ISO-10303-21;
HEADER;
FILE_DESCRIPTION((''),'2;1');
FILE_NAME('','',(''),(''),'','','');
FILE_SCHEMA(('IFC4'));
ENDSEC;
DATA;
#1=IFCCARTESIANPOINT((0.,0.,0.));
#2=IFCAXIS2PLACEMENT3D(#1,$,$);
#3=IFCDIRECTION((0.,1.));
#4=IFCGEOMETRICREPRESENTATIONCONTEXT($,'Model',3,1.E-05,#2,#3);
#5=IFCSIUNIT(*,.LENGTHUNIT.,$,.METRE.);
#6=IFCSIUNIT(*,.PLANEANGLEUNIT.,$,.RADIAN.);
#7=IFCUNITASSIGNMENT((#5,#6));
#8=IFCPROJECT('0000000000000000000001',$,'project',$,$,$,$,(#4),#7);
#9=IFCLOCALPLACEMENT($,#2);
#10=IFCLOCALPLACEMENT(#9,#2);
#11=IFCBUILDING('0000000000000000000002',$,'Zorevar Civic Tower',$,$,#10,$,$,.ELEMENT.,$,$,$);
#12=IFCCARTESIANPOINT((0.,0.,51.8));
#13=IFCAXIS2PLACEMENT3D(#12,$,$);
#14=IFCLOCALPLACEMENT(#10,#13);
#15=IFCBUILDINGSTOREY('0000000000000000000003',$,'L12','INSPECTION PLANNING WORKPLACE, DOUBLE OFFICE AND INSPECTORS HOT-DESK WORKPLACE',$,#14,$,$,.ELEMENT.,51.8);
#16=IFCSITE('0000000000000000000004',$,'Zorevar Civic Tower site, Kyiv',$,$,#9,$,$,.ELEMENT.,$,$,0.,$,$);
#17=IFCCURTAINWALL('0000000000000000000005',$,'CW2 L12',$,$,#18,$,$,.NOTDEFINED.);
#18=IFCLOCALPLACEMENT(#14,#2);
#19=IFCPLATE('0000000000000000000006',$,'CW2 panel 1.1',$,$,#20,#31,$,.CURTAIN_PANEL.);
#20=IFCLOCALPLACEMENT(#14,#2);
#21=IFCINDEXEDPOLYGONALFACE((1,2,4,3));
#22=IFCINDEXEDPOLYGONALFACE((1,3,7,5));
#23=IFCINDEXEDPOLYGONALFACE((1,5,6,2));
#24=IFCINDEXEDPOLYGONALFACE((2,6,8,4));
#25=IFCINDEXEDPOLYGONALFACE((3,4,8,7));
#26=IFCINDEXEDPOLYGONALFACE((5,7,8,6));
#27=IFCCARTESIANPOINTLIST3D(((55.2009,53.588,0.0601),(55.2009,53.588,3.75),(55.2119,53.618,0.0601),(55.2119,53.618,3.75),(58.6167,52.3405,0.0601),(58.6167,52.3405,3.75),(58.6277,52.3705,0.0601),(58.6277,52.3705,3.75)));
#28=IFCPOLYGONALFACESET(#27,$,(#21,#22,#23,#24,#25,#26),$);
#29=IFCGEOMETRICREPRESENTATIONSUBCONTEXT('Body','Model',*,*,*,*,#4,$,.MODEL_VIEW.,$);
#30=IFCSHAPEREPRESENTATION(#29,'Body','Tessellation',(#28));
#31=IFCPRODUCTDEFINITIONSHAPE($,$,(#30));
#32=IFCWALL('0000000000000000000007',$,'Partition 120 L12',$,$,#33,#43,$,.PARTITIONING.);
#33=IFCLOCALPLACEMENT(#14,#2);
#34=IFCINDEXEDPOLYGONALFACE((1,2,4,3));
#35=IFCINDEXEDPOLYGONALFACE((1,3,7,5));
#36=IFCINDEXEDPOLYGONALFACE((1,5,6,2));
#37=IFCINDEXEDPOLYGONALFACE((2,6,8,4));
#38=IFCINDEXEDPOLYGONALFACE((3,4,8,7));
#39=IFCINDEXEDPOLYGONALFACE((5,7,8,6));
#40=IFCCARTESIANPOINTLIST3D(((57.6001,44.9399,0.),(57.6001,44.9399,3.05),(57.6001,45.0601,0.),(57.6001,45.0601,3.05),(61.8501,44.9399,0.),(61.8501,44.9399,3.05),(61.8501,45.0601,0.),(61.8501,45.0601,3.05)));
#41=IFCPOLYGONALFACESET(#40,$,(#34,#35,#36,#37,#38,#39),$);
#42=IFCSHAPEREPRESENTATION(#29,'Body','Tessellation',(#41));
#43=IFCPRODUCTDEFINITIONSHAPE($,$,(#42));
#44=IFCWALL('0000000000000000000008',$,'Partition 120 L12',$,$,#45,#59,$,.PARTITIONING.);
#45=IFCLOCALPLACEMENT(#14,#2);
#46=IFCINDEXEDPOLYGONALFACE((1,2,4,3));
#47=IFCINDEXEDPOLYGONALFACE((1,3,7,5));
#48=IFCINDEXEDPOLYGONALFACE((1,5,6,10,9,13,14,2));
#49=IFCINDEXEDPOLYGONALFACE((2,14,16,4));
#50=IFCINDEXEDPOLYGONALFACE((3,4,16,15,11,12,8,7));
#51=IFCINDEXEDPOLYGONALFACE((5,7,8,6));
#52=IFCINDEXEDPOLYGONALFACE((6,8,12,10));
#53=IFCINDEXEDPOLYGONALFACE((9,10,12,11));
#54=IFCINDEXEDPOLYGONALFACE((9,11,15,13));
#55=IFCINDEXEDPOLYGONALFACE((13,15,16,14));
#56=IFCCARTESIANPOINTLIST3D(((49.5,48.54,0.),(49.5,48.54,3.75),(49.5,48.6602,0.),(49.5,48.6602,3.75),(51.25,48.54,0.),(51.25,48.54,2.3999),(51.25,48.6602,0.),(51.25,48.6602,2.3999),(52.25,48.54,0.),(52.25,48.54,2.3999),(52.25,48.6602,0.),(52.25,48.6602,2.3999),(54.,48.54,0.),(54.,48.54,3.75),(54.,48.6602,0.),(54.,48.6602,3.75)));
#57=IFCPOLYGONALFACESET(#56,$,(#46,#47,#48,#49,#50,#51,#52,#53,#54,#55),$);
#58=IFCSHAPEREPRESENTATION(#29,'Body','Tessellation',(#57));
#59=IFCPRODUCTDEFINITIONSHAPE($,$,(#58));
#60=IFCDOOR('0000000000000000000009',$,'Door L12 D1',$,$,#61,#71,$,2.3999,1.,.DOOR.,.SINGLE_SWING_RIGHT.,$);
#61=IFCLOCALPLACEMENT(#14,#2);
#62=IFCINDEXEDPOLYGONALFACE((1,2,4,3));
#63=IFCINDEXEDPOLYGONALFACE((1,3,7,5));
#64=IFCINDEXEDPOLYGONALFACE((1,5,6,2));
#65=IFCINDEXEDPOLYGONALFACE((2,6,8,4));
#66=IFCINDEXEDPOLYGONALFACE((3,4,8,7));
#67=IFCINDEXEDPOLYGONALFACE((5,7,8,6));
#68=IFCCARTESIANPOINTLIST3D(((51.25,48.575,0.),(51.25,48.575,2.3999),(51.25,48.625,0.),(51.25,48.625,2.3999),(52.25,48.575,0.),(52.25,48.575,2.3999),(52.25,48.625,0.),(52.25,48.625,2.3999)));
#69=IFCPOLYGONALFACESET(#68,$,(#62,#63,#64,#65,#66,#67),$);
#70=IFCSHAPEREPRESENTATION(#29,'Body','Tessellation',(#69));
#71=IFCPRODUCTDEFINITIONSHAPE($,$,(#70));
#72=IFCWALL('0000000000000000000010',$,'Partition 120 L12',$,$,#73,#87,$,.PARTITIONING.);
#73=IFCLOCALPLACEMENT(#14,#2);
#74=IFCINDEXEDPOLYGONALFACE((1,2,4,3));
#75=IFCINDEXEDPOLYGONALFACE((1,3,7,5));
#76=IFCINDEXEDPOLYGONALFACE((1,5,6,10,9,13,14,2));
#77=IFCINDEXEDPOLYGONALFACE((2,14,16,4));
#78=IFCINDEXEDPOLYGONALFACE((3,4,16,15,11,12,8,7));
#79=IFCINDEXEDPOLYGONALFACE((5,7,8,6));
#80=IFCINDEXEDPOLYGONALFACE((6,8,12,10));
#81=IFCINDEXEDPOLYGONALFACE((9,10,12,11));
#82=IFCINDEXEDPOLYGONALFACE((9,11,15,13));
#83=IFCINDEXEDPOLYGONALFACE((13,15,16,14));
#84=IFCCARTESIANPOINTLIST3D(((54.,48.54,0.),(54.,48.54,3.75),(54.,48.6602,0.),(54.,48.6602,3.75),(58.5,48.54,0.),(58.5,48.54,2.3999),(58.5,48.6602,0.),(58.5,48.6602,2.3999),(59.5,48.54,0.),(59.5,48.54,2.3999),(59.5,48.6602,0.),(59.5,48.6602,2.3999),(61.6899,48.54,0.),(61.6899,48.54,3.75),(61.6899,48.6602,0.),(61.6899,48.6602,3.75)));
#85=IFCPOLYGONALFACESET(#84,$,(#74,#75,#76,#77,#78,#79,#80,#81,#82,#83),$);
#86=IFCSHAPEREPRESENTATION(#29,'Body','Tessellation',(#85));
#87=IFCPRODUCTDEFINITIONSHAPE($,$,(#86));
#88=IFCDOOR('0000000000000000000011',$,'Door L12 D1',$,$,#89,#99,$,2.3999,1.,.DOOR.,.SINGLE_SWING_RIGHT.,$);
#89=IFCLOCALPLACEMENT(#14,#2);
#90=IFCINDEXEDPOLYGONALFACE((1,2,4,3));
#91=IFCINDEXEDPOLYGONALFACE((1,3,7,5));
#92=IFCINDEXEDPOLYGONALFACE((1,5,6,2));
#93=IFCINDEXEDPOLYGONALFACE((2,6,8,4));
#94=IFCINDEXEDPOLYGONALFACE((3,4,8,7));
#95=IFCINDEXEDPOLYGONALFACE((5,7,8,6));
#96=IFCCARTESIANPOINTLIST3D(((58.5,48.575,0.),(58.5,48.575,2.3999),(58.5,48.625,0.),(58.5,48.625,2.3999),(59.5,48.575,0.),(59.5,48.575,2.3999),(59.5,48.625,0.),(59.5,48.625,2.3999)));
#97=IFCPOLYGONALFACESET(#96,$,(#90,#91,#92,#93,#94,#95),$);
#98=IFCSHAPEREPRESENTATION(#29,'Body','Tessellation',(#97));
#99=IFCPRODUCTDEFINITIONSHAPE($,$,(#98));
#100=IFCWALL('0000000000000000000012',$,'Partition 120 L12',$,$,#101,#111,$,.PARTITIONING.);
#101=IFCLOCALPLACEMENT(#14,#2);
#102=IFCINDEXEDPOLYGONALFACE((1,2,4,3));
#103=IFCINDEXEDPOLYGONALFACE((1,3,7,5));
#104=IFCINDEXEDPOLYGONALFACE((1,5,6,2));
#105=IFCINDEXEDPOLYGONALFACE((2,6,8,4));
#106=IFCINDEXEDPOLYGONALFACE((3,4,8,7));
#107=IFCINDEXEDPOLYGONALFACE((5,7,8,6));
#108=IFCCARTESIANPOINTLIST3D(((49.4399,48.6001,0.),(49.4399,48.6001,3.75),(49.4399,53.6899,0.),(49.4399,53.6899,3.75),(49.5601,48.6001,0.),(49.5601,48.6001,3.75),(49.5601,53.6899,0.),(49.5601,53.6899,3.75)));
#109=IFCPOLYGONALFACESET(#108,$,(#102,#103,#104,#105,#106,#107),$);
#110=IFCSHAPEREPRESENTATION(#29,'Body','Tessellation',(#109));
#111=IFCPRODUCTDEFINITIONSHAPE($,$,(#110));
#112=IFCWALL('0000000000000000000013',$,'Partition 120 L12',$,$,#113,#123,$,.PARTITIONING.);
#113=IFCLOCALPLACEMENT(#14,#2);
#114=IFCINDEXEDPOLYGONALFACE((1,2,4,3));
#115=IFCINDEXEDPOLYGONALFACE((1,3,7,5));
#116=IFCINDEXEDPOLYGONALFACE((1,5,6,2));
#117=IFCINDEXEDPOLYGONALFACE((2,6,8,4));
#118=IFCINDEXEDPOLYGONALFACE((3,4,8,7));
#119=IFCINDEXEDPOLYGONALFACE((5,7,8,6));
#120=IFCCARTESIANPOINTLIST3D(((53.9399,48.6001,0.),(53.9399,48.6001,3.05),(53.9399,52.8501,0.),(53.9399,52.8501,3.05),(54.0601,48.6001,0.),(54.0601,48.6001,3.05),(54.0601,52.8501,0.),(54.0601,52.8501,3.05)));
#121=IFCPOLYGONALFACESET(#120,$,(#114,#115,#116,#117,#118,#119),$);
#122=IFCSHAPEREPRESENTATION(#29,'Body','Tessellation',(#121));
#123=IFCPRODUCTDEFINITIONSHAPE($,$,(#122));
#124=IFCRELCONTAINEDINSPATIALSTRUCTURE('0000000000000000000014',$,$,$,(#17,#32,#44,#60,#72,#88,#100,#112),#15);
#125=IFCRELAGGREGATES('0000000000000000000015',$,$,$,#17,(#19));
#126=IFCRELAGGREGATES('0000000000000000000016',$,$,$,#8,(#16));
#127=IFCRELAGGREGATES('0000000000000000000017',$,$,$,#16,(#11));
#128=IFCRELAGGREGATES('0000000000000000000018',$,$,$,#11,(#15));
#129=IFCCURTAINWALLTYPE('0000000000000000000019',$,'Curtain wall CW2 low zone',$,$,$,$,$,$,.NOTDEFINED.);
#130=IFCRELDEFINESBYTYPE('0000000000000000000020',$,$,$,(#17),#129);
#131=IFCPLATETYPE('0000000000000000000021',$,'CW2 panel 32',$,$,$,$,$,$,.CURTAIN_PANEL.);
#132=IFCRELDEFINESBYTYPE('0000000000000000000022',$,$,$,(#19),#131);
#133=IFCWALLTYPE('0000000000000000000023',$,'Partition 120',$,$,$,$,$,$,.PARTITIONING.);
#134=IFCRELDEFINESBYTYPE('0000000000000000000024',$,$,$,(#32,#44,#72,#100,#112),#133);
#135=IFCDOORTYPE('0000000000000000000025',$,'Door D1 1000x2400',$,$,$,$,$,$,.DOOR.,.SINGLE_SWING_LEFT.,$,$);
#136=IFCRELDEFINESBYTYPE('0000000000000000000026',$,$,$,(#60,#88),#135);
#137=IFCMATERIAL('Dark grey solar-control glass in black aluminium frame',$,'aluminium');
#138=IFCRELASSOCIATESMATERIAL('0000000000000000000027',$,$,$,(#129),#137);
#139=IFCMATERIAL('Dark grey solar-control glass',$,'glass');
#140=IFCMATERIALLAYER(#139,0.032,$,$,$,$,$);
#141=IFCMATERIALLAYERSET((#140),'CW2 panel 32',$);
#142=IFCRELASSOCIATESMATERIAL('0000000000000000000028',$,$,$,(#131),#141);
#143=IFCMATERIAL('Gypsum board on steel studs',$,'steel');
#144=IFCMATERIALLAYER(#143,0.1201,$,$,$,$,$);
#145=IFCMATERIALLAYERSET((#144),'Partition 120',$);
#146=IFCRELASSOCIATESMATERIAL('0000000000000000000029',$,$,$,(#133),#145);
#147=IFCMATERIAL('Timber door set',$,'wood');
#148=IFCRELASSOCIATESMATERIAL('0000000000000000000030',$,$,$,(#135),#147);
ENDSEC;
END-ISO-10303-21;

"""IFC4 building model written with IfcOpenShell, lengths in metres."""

from ifc_helpers import new_model, si_unit, direction, frame, frame_2d, origin, origin_2d, place, context, subcontext, project, spatial, rectangle, extrude, material, layer, layer_set, type_object, element, fill, aggregate, save


model = new_model("IFC4")

# Units and contexts
model_context = context("Model", 3, precision=1e-05, world=origin(), true_north=direction((0.0, 1.0)))
body_context = subcontext(model_context, "Body", "Model", "MODEL_VIEW")
ifc_project = project(units=[si_unit("LENGTHUNIT", "METRE"), si_unit("PLANEANGLEUNIT", "RADIAN")], contexts=[model_context])

# Site, building, storey
site_placement = place(None, origin())
site = spatial("IfcSite", under=ifc_project, at=site_placement, Name="Zorevar Civic Tower site, Kyiv", CompositionType="ELEMENT", RefElevation=0.0)
building_placement = place(site_placement, origin())
building = spatial("IfcBuilding", under=site, at=building_placement, Name="Zorevar Civic Tower", CompositionType="ELEMENT")
storey_placement = place(building_placement, frame((0.0, 0.0, 51.8)))
storey = spatial("IfcBuildingStorey", under=building, at=storey_placement, Name="L12", Description="INSPECTION PLANNING WORKPLACE, DOUBLE OFFICE AND INSPECTORS HOT-DESK WORKPLACE", CompositionType="ELEMENT", Elevation=51.8)

# Curtain wall
ifc_material_1 = material(Name="Dark grey solar-control glass in black aluminium frame", Category="aluminium")
curtain_wall_type = type_object("IfcCurtainWallType", Name="Curtain wall CW2 low zone", PredefinedType="NOTDEFINED", material=ifc_material_1)
curtain_wall_1_placement = place(storey_placement, origin())
curtain_wall_1 = element("IfcCurtainWall", 1, at=curtain_wall_1_placement, inside=storey, type_object=curtain_wall_type, Name="CW2 L12", PredefinedType="NOTDEFINED")

# Plate
ifc_material_2 = material(Name="Dark grey solar-control glass", Category="glass")
ifc_layer_1 = layer(ifc_material_2, 0.032)
ifc_layer_set_1 = layer_set([ifc_layer_1], Name="CW2 panel 32")
plate_type = type_object("IfcPlateType", Name="CW2 panel 32", PredefinedType="CURTAIN_PANEL", material=ifc_layer_set_1)
plate_1_placement = place(storey_placement, frame((56.9143, 52.9792, 0.0601), z_axis=(0.0, 0.0, 1.0), x_axis=(-0.939313, 0.34306, 0.0)))
plate_1 = element("IfcPlate", 2, at=plate_1_placement, type_object=plate_type, Name="CW2 panel 1.1", PredefinedType="CURTAIN_PANEL", context=body_context, shape_type="SweptSolid", body=[
    extrude(rectangle(XDim=3.6365, YDim=0.032, at=origin_2d()), origin(), (0.0, 0.0, 1.0), 3.6899),
])
aggregate(curtain_wall_1, [plate_1])

# Wall
ifc_material_3 = material(Name="Gypsum board on steel studs", Category="steel")
ifc_layer_2 = layer(ifc_material_3, 0.1201)
ifc_layer_set_2 = layer_set([ifc_layer_2], Name="Partition 120")
wall_type = type_object("IfcWallType", Name="Partition 120", PredefinedType="PARTITIONING", material=ifc_layer_set_2)
wall_1_placement = place(storey_placement, frame((57.6001, 45.0, 0.0), z_axis=(0.0, 0.0, 1.0), x_axis=(1.0, 0.0, 0.0)))
element("IfcWall", 3, at=wall_1_placement, inside=storey, type_object=wall_type, Name="Partition 120 L12", PredefinedType="PARTITIONING", context=body_context, shape_type="SweptSolid", body=[
    extrude(rectangle(XDim=4.25, YDim=0.1201, at=frame_2d((2.125, 0.0))), origin(), (0.0, 0.0, 1.0), 3.05),
])

# Walls, openings, doors
wall_2_placement = place(storey_placement, frame((49.5, 48.6001, 0.0), z_axis=(0.0, 0.0, 1.0), x_axis=(1.0, 0.0, 0.0)))
wall_2 = element("IfcWall", 4, at=wall_2_placement, inside=storey, type_object=wall_type, Name="Partition 120 L12", PredefinedType="PARTITIONING", context=body_context, shape_type="SweptSolid", body=[
    extrude(rectangle(XDim=4.5, YDim=0.1201, at=frame_2d((2.25, 0.0))), origin(), (0.0, 0.0, 1.0), 3.75),
])
opening_1_placement = place(wall_2_placement, frame((1.75, 0.0, 0.0)))
opening_1 = element("IfcOpeningElement", 5, at=opening_1_placement, cuts=wall_2, PredefinedType="OPENING", context=body_context, shape_type="SweptSolid", body=[
    extrude(rectangle(XDim=1.0, YDim=2.3999, at=frame_2d((0.5, 1.2))), frame((0.0, 0.0701, 0.0), z_axis=(0.0, -1.0, 0.0), x_axis=(1.0, 0.0, 0.0)), (0.0, 0.0, 1.0), 0.1401),
])
ifc_material_4 = material(Name="Timber door set", Category="wood")
door_type = type_object("IfcDoorType", Name="Door D1 1000x2400", OperationType="SINGLE_SWING_LEFT", PredefinedType="DOOR", material=ifc_material_4)
door_1_placement = place(opening_1_placement, origin())
door_1 = element("IfcDoor", 6, at=door_1_placement, inside=storey, type_object=door_type, Name="Door L12 D1", OperationType="SINGLE_SWING_RIGHT", OverallHeight=2.3999, OverallWidth=1.0, PredefinedType="DOOR", context=body_context, shape_type="SweptSolid", body=[
    extrude(rectangle(XDim=1.0, YDim=2.3999, at=frame_2d((0.5, 1.2))), frame((0.0, 0.0249, 0.0), z_axis=(0.0, -1.0, 0.0), x_axis=(1.0, 0.0, 0.0)), (0.0, 0.0, 1.0), 0.05),
])
fill(opening_1, door_1)
wall_3_placement = place(storey_placement, frame((54.0, 48.6001, 0.0), z_axis=(0.0, 0.0, 1.0), x_axis=(1.0, 0.0, 0.0)))
wall_3 = element("IfcWall", 7, at=wall_3_placement, inside=storey, type_object=wall_type, Name="Partition 120 L12", PredefinedType="PARTITIONING", context=body_context, shape_type="SweptSolid", body=[
    extrude(rectangle(XDim=7.6899, YDim=0.1201, at=frame_2d((3.845, 0.0))), origin(), (0.0, 0.0, 1.0), 3.75),
])
opening_2_placement = place(wall_3_placement, frame((4.5, 0.0, 0.0)))
opening_2 = element("IfcOpeningElement", 8, at=opening_2_placement, cuts=wall_3, PredefinedType="OPENING", context=body_context, shape_type="SweptSolid", body=[
    extrude(rectangle(XDim=1.0, YDim=2.3999, at=frame_2d((0.5, 1.2))), frame((0.0, 0.0701, 0.0), z_axis=(0.0, -1.0, 0.0), x_axis=(1.0, 0.0, 0.0)), (0.0, 0.0, 1.0), 0.1401),
])
door_2_placement = place(opening_2_placement, origin())
door_2 = element("IfcDoor", 9, at=door_2_placement, inside=storey, type_object=door_type, Name="Door L12 D1", OperationType="SINGLE_SWING_RIGHT", OverallHeight=2.3999, OverallWidth=1.0, PredefinedType="DOOR", context=body_context, shape_type="SweptSolid", body=[
    extrude(rectangle(XDim=1.0, YDim=2.3999, at=frame_2d((0.5, 1.2))), frame((0.0, 0.0249, 0.0), z_axis=(0.0, -1.0, 0.0), x_axis=(1.0, 0.0, 0.0)), (0.0, 0.0, 1.0), 0.05),
])
fill(opening_2, door_2)

# Walls
wall_4_placement = place(storey_placement, frame((49.5, 48.6001, 0.0), z_axis=(0.0, 0.0, 1.0), x_axis=(0.0, 1.0, 0.0)))
element("IfcWall", 10, at=wall_4_placement, inside=storey, type_object=wall_type, Name="Partition 120 L12", PredefinedType="PARTITIONING", context=body_context, shape_type="SweptSolid", body=[
    extrude(rectangle(XDim=5.0898, YDim=0.1201, at=frame_2d((2.5449, 0.0))), origin(), (0.0, 0.0, 1.0), 3.75),
])
wall_5_placement = place(storey_placement, frame((54.0, 48.6001, 0.0), z_axis=(0.0, 0.0, 1.0), x_axis=(0.0, 1.0, 0.0)))
element("IfcWall", 11, at=wall_5_placement, inside=storey, type_object=wall_type, Name="Partition 120 L12", PredefinedType="PARTITIONING", context=body_context, shape_type="SweptSolid", body=[
    extrude(rectangle(XDim=4.25, YDim=0.1201, at=frame_2d((2.125, 0.0))), origin(), (0.0, 0.0, 1.0), 3.05),
])

save(model, "model.ifc")
